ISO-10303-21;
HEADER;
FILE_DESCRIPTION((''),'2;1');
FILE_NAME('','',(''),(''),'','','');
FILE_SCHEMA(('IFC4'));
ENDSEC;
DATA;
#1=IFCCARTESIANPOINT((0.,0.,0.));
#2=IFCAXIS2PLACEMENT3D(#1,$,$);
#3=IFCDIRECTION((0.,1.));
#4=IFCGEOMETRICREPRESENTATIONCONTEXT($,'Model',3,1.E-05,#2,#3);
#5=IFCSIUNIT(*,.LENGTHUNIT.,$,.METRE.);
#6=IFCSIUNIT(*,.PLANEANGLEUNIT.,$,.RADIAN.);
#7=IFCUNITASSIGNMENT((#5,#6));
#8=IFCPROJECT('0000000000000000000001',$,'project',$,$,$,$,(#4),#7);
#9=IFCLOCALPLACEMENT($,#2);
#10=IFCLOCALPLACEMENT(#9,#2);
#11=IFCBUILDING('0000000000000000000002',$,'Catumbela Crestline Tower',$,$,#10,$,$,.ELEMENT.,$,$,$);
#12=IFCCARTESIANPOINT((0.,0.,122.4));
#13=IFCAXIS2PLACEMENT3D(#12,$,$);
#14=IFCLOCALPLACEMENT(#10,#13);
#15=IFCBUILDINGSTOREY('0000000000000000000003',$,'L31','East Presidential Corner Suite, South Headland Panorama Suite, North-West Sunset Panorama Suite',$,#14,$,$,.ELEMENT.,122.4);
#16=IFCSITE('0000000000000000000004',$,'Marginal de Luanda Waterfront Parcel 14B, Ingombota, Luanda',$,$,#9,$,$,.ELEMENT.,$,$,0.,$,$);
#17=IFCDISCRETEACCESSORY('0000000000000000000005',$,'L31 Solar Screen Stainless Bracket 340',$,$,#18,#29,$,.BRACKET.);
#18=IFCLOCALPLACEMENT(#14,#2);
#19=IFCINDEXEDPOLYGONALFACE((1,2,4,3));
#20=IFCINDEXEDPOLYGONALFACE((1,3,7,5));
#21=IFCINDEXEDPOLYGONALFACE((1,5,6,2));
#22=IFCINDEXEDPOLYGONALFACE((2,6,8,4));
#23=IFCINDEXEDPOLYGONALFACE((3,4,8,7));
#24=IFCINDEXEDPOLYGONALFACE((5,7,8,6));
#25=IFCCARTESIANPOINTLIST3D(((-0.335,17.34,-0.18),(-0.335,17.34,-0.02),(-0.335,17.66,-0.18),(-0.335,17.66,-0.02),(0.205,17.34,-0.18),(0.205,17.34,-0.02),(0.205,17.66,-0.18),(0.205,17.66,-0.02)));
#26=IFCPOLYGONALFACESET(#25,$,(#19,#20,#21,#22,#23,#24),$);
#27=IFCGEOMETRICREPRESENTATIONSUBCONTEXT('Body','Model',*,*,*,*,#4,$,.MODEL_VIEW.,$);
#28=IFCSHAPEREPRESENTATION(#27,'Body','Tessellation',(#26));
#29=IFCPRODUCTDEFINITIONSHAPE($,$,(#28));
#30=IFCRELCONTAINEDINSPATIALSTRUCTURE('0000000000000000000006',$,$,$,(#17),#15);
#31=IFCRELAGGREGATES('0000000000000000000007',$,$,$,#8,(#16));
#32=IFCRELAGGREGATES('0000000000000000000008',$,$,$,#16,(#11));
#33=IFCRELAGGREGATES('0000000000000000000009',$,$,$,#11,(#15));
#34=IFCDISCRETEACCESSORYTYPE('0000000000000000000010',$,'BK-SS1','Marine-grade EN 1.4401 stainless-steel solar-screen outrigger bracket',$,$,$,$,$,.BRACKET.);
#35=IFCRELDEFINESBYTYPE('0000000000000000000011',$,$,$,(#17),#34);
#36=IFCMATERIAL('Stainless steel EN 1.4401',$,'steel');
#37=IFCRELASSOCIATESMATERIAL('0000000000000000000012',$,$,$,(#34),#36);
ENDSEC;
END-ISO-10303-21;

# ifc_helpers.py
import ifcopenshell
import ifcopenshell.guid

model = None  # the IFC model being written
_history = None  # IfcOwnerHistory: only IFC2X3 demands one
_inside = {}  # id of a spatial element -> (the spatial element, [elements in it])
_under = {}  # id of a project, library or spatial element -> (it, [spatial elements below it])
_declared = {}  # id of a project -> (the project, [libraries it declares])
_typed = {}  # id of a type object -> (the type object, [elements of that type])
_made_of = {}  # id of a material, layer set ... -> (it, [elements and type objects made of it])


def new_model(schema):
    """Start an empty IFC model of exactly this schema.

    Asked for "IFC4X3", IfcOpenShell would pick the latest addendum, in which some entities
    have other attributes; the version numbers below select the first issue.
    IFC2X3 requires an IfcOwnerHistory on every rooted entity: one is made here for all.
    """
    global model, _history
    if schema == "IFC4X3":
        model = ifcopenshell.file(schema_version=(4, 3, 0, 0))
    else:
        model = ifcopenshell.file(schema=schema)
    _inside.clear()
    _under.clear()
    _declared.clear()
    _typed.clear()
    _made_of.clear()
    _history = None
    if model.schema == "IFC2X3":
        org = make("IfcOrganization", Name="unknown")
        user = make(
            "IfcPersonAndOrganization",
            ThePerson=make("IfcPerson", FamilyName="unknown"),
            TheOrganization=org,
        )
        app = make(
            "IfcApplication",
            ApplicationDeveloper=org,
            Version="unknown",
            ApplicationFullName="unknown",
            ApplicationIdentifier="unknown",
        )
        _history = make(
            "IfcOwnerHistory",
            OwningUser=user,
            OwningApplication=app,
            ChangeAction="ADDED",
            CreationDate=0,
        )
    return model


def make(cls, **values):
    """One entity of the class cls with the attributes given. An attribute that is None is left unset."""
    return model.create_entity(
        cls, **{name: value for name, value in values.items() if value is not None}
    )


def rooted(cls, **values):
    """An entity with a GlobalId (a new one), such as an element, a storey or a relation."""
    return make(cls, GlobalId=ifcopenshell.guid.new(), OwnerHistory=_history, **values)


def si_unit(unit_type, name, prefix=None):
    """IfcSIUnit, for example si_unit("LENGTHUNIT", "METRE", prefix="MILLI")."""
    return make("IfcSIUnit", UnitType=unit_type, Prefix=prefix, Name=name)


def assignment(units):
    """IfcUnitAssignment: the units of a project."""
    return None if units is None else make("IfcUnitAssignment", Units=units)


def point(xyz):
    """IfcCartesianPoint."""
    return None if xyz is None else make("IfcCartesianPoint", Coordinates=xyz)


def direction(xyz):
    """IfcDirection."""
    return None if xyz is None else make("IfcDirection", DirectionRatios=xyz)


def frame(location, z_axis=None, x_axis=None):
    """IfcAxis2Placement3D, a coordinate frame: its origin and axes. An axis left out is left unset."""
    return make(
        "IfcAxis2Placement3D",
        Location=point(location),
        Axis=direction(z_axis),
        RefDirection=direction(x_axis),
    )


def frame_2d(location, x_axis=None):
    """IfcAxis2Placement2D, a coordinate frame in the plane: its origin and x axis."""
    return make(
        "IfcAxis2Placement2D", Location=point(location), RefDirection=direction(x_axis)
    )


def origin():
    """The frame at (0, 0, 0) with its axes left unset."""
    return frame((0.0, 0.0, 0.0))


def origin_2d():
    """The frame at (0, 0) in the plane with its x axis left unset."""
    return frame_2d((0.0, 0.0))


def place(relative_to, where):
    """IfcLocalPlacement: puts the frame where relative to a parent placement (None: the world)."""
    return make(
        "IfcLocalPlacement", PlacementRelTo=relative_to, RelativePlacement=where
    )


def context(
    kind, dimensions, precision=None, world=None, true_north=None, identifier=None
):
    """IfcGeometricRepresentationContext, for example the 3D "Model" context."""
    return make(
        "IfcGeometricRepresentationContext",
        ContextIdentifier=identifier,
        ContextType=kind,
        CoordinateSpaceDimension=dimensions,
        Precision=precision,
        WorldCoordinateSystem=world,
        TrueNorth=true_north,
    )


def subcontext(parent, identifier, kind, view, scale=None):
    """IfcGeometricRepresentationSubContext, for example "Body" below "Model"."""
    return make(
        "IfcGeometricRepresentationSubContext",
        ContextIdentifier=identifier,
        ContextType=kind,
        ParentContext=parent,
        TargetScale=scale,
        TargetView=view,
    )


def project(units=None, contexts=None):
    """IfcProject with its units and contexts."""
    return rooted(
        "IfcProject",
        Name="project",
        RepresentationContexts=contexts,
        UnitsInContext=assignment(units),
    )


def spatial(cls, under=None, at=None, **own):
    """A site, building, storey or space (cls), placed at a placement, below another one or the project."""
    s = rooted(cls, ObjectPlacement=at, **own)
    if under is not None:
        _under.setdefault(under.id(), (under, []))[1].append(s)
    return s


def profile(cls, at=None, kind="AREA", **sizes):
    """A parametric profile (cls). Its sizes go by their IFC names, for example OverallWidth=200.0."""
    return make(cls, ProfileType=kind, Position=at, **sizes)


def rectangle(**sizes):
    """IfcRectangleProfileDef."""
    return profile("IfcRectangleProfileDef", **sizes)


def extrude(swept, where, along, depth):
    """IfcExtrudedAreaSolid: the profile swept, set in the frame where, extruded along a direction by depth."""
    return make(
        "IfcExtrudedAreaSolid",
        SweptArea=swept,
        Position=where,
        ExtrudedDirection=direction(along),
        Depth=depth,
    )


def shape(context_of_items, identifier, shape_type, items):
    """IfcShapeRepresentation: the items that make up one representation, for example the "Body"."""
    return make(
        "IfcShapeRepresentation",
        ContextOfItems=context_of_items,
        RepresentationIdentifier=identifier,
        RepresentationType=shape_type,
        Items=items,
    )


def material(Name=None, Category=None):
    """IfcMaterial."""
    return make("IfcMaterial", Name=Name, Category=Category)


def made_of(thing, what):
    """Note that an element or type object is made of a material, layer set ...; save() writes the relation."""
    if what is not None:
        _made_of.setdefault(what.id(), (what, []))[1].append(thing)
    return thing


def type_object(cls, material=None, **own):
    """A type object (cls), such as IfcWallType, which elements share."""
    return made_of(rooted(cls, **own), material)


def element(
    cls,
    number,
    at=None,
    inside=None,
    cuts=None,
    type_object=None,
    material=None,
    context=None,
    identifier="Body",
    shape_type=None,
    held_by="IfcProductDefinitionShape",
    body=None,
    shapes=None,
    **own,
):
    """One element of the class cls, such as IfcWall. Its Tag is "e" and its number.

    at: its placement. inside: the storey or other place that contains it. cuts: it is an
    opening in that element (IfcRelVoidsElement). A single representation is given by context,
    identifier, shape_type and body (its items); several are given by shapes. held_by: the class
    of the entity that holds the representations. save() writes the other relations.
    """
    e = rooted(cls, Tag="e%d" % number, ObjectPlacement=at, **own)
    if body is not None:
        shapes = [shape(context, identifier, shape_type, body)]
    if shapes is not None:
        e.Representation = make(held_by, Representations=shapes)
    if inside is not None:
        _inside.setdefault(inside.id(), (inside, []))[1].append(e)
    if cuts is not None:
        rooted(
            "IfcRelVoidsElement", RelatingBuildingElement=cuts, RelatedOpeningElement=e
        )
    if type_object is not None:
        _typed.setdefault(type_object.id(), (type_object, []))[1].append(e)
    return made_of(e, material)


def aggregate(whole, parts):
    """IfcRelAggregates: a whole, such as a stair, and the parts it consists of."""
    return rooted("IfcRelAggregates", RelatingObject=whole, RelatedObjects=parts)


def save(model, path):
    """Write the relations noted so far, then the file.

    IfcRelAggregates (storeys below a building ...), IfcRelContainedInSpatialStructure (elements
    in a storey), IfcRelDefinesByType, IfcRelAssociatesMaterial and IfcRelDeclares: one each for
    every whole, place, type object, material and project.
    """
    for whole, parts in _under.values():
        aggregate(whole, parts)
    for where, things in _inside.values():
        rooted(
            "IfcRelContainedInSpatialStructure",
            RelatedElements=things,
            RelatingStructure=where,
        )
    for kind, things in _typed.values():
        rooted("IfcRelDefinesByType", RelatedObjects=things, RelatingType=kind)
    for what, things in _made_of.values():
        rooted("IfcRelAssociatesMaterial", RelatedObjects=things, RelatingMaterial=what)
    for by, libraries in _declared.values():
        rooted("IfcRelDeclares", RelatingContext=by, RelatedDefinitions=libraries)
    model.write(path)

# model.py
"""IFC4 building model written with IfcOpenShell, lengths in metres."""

from ifc_helpers import new_model, si_unit, direction, frame, origin, origin_2d, place, context, subcontext, project, spatial, rectangle, extrude, material, type_object, element, save


model = new_model("IFC4")

# Units and contexts
model_context = context("Model", 3, precision=1e-05, world=origin(), true_north=direction((0.0, 1.0)))
body_context = subcontext(model_context, "Body", "Model", "MODEL_VIEW")
ifc_project = project(units=[si_unit("LENGTHUNIT", "METRE"), si_unit("PLANEANGLEUNIT", "RADIAN")], contexts=[model_context])

# Site, building, storey
site_placement = place(None, origin())
site = spatial("IfcSite", under=ifc_project, at=site_placement, Name="Marginal de Luanda Waterfront Parcel 14B, Ingombota, Luanda", CompositionType="ELEMENT", RefElevation=0.0)
building_placement = place(site_placement, origin())
building = spatial("IfcBuilding", under=site, at=building_placement, Name="Catumbela Crestline Tower", CompositionType="ELEMENT")
storey_placement = place(building_placement, frame((0.0, 0.0, 122.4)))
storey = spatial("IfcBuildingStorey", under=building, at=storey_placement, Name="L31", Description="East Presidential Corner Suite, South Headland Panorama Suite, North-West Sunset Panorama Suite", CompositionType="ELEMENT", Elevation=122.4)

# Discrete accessory
ifc_material_1 = material(Name="Stainless steel EN 1.4401", Category="steel")
discrete_accessory_type = type_object("IfcDiscreteAccessoryType", Name="BK-SS1", Description="Marine-grade EN 1.4401 stainless-steel solar-screen outrigger bracket", PredefinedType="BRACKET", material=ifc_material_1)
discrete_accessory_placement = place(storey_placement, frame((-0.065, 17.5, -0.18), z_axis=(0.0, 0.0, 1.0), x_axis=(0.0, -1.0, 0.0)))
element("IfcDiscreteAccessory", 1, at=discrete_accessory_placement, inside=storey, type_object=discrete_accessory_type, Name="L31 Solar Screen Stainless Bracket 340", PredefinedType="BRACKET", context=body_context, shape_type="SweptSolid", body=[
    extrude(rectangle(XDim=0.32, YDim=0.54, at=origin_2d()), origin(), (0.0, 0.0, 1.0), 0.16),
])

save(model, "model.ifc")
